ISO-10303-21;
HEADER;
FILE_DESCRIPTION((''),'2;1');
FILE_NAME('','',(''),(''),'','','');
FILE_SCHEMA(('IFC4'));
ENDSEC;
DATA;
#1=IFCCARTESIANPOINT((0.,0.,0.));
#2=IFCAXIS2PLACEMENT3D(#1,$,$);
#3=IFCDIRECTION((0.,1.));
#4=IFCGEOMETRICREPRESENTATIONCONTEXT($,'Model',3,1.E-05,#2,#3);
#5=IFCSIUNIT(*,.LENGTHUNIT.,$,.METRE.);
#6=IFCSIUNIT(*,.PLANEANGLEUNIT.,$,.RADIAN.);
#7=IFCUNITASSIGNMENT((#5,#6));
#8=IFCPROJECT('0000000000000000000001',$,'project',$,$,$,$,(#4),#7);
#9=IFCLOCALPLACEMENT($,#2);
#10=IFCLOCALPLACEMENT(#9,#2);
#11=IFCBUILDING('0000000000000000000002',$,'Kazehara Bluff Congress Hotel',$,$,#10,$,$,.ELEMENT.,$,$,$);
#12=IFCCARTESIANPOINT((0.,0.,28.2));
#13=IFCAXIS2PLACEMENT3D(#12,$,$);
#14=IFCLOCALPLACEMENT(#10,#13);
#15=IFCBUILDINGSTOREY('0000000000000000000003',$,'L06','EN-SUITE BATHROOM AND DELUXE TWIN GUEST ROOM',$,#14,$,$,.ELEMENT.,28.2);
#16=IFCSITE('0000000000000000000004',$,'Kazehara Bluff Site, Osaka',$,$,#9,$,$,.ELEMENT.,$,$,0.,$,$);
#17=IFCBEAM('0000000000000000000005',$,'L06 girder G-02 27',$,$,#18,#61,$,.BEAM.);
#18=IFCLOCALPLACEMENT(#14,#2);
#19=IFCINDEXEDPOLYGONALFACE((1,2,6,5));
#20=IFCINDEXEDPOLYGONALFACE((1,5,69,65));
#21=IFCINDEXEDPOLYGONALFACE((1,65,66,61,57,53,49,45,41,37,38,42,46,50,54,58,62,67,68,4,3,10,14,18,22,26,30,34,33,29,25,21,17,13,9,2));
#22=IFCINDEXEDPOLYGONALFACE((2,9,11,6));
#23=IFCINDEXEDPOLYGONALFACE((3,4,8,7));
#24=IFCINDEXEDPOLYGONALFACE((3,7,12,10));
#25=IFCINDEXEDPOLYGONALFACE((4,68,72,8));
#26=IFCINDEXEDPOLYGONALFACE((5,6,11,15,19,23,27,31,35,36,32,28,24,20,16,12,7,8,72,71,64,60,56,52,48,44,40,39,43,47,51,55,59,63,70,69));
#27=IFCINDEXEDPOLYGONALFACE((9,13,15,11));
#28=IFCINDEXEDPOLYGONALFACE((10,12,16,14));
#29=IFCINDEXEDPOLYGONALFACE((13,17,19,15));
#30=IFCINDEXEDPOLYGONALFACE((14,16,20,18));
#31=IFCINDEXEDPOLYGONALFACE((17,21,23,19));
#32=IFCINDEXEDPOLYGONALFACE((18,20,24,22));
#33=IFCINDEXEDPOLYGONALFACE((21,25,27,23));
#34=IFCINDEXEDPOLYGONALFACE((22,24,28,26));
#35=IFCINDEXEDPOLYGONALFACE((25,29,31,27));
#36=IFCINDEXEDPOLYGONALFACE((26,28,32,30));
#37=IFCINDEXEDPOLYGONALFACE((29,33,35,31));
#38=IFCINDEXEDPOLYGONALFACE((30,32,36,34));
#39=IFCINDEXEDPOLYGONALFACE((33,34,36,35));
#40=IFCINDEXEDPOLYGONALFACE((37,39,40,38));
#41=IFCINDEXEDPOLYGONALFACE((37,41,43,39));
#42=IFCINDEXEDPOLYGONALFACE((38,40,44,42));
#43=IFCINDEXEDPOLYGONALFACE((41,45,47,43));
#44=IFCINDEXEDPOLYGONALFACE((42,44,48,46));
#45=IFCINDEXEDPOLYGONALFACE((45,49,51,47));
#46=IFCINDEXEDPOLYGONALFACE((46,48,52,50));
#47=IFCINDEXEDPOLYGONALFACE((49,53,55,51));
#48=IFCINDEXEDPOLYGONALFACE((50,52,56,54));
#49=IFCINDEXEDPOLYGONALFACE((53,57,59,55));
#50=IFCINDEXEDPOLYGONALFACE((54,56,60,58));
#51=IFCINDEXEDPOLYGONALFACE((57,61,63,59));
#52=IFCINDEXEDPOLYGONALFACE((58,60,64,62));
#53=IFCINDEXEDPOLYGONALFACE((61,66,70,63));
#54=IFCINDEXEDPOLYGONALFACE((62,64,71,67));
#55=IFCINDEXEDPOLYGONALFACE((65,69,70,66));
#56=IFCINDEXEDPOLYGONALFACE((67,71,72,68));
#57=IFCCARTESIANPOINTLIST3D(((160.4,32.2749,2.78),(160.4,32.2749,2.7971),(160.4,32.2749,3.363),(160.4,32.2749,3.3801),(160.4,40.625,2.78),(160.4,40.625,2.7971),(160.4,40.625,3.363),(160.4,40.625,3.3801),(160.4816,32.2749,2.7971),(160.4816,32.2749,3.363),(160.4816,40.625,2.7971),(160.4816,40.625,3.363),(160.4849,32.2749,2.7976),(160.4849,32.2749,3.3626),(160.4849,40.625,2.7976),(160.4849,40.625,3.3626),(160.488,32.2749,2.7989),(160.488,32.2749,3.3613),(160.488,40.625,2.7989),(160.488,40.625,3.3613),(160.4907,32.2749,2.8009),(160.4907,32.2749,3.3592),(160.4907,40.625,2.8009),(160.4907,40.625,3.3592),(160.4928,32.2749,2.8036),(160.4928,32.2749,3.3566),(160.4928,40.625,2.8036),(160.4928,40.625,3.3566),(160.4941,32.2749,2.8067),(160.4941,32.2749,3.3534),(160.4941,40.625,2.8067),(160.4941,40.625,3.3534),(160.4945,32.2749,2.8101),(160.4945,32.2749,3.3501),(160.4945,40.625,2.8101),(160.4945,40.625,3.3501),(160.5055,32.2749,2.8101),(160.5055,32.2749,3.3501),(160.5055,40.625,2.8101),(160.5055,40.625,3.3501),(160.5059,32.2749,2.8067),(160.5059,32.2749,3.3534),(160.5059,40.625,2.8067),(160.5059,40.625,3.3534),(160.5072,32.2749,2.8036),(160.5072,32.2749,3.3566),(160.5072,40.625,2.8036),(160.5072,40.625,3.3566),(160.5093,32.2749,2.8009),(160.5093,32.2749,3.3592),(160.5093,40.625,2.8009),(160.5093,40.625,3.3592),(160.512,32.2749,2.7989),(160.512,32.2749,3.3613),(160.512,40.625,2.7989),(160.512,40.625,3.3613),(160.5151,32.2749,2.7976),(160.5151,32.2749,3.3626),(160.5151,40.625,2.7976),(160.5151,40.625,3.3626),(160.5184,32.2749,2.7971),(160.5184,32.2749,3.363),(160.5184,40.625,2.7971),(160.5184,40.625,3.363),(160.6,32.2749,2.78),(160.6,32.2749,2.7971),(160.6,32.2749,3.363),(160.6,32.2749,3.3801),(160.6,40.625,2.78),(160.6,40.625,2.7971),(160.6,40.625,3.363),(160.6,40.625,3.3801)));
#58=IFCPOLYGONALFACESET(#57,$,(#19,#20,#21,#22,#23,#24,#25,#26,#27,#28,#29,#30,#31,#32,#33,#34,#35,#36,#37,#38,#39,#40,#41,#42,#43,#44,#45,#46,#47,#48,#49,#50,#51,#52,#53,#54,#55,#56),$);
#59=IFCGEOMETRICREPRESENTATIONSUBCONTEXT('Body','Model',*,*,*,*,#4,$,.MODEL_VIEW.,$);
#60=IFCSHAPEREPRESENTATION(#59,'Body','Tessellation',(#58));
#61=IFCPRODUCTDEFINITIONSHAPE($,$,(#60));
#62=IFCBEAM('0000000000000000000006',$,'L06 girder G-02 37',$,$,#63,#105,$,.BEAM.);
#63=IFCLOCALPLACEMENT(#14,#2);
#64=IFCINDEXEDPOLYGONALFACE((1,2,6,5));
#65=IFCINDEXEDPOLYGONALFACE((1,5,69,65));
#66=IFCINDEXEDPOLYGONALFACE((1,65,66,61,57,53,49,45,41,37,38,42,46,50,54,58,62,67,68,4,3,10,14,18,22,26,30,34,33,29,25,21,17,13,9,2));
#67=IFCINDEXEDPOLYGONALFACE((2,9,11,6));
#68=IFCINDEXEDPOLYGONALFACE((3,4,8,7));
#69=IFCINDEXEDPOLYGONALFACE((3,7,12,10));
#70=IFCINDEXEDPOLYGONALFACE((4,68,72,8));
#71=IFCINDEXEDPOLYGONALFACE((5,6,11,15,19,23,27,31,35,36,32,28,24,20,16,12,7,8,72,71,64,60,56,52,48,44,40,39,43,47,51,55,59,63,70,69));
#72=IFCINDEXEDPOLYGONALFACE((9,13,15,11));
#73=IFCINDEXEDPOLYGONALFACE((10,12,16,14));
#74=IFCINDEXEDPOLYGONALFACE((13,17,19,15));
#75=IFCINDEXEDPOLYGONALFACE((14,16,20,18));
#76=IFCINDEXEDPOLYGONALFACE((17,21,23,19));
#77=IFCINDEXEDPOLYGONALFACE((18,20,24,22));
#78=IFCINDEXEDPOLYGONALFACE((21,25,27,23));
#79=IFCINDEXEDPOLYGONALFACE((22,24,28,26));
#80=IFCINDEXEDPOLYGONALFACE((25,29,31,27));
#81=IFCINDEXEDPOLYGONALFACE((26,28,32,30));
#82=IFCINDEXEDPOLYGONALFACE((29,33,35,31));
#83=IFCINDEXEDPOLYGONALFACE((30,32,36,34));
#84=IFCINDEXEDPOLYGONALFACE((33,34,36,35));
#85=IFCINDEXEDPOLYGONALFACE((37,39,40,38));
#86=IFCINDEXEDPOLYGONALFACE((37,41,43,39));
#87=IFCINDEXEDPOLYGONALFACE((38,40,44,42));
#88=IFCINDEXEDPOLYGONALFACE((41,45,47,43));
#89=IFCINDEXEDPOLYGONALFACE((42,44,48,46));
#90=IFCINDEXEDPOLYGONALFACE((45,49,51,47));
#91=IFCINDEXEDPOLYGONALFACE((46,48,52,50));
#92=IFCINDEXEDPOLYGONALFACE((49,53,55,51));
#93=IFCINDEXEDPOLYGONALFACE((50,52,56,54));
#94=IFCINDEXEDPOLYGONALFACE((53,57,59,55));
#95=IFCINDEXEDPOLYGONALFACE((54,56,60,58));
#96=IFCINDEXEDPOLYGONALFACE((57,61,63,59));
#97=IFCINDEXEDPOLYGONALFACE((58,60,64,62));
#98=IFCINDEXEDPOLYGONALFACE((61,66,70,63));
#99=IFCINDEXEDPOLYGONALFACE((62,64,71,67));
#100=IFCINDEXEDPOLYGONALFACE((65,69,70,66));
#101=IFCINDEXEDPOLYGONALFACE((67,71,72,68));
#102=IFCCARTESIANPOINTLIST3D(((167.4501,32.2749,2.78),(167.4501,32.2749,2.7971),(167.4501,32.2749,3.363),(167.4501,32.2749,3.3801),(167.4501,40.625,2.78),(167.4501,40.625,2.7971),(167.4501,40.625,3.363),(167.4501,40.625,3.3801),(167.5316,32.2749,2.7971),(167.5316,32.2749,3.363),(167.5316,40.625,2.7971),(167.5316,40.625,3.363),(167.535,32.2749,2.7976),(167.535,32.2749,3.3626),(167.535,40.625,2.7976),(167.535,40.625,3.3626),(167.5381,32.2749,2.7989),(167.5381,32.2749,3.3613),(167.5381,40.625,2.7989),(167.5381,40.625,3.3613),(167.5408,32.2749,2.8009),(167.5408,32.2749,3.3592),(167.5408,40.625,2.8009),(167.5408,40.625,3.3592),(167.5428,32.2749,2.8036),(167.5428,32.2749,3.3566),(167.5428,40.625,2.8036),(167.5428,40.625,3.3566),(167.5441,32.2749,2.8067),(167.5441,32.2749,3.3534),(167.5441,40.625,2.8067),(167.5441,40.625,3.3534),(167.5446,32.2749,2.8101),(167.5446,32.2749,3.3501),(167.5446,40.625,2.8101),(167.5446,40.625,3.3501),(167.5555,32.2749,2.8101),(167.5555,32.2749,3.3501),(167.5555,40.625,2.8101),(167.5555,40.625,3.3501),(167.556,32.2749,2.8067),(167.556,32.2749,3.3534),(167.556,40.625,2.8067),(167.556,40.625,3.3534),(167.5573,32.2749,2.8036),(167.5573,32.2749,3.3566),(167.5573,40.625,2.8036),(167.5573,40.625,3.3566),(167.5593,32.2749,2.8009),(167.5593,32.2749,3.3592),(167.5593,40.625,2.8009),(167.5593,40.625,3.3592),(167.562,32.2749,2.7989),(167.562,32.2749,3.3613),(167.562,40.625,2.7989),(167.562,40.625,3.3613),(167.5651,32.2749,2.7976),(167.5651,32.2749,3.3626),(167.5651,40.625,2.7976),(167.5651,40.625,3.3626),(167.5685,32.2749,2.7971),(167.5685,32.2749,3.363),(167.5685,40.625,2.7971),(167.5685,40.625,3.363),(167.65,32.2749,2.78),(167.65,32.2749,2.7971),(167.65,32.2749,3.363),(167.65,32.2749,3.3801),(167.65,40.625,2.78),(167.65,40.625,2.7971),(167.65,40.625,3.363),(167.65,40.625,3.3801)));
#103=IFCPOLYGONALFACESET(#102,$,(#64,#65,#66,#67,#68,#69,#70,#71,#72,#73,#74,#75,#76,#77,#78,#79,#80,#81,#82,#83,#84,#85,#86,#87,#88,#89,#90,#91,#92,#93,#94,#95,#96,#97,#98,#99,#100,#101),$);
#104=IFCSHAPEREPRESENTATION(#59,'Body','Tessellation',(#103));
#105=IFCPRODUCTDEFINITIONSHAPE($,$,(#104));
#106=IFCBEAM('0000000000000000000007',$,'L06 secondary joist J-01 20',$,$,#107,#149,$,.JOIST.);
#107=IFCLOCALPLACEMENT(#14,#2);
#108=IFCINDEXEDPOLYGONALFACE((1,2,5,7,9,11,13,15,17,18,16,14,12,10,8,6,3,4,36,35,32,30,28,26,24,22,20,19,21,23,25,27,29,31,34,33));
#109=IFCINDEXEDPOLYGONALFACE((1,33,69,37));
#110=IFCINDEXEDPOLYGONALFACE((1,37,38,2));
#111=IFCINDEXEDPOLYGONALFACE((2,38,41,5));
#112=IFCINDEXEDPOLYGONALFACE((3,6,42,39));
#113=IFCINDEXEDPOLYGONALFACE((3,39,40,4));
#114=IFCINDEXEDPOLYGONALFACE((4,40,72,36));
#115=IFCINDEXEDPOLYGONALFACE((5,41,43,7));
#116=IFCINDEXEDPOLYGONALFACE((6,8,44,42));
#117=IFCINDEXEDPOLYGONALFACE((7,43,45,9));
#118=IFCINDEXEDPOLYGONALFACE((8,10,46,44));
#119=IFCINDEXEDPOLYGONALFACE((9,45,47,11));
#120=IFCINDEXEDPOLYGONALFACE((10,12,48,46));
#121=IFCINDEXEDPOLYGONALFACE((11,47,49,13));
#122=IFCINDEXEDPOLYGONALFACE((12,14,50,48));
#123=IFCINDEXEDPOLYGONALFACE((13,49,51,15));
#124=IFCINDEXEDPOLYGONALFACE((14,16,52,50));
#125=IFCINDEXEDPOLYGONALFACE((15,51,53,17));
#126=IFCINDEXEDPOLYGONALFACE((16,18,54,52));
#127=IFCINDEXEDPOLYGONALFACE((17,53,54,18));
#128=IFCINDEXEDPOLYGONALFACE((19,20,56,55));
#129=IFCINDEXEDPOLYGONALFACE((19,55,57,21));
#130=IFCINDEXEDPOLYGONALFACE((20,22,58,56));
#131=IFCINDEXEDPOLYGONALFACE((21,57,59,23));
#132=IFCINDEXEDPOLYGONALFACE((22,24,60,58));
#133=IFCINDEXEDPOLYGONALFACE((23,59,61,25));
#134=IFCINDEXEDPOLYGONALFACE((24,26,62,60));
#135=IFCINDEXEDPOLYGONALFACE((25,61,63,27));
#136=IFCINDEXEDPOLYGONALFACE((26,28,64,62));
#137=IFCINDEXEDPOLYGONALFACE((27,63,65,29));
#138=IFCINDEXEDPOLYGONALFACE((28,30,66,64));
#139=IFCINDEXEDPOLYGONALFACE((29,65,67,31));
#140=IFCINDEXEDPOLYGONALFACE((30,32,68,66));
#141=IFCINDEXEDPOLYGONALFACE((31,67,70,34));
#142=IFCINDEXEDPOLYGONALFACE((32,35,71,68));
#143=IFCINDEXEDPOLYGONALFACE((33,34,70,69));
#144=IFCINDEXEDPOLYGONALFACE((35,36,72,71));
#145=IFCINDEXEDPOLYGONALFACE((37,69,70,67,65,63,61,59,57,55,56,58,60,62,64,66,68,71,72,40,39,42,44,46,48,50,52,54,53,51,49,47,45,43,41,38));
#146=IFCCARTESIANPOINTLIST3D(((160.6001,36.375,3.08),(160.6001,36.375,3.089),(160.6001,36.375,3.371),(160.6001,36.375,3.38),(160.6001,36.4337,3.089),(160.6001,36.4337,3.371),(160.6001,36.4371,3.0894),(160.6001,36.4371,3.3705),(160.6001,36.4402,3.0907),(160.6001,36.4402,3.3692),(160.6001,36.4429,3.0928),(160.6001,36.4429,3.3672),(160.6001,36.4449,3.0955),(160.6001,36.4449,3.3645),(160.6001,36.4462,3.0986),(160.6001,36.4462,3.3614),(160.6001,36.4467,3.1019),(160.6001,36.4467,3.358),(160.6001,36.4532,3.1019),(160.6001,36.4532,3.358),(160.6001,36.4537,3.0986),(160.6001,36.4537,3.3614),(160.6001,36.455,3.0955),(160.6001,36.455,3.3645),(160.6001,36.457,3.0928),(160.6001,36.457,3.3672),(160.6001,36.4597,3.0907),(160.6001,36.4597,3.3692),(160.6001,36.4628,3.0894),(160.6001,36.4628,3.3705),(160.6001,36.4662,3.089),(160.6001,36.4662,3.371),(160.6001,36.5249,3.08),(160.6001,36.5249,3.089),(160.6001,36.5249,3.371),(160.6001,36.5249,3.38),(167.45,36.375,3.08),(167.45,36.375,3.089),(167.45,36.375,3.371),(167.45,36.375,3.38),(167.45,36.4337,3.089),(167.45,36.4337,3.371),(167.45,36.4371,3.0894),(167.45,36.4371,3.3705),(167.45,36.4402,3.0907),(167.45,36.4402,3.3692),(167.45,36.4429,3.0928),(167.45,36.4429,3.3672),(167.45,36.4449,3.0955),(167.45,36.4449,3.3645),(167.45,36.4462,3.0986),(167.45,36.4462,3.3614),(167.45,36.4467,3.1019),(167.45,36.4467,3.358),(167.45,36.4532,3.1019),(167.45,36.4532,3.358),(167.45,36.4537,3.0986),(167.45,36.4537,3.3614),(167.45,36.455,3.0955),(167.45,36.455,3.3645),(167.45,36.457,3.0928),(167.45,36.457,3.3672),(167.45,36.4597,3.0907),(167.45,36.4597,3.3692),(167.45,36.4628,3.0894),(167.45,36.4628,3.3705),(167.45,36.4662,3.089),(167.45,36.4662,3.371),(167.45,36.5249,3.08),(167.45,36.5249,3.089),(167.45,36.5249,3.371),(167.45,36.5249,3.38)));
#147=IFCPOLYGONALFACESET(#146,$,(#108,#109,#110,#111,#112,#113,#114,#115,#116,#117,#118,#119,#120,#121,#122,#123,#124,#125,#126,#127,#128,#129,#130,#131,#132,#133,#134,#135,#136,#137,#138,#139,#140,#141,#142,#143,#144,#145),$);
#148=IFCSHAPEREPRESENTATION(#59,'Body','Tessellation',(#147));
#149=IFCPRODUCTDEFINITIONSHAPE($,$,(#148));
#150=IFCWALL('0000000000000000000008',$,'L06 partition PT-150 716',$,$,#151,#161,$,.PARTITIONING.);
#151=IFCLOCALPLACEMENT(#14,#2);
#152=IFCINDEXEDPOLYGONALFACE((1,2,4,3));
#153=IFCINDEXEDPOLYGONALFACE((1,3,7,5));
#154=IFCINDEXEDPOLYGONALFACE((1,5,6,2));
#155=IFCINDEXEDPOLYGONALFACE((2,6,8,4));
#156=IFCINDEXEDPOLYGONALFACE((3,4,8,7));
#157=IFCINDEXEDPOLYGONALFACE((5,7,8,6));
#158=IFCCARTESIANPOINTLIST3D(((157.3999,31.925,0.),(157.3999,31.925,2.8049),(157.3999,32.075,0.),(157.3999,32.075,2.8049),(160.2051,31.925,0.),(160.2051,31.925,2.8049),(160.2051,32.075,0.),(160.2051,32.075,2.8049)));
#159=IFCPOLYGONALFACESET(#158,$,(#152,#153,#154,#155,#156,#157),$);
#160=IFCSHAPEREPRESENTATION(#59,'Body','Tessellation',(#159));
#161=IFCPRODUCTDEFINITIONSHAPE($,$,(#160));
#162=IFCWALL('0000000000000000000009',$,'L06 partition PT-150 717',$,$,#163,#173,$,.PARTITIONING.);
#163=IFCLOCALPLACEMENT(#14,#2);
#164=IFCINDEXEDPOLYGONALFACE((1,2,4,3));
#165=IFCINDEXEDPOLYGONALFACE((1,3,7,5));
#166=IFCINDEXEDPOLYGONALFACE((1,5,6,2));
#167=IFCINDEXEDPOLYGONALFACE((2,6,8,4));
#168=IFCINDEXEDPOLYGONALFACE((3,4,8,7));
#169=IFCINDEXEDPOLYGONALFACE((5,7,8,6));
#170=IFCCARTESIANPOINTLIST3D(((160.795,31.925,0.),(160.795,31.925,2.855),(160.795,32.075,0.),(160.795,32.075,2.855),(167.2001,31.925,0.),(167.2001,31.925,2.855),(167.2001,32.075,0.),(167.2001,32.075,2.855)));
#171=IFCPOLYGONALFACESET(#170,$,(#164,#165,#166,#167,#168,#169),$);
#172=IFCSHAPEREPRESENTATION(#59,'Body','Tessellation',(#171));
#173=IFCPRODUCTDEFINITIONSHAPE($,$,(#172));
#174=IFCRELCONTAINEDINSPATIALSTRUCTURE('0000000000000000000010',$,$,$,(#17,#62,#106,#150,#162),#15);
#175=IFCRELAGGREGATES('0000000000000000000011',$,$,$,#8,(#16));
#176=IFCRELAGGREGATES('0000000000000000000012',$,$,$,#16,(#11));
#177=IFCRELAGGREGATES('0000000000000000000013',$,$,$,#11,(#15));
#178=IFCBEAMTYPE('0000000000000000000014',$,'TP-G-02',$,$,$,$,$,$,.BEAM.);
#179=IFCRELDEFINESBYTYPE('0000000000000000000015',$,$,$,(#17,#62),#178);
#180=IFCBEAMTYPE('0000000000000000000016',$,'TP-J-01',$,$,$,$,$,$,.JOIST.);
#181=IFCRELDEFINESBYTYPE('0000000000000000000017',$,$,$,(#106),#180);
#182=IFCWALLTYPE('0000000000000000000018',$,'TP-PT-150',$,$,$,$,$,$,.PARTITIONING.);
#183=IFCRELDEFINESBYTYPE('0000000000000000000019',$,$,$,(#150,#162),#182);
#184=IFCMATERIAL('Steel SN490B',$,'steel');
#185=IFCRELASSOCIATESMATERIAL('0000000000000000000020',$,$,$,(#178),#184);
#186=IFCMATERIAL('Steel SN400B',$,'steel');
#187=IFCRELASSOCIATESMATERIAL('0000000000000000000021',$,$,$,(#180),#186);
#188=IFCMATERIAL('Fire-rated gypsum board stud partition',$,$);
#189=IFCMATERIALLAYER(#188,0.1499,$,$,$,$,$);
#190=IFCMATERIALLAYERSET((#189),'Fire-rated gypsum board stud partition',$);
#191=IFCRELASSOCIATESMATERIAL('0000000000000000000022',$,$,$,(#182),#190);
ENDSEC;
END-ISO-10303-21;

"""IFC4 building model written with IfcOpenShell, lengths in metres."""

from ifc_helpers import new_model, si_unit, direction, frame, frame_2d, origin, origin_2d, place, context, subcontext, project, spatial, rectangle, i_section, extrude, material, layer, layer_set, material_profile, profile_set, type_object, element, save


model = new_model("IFC4")

# Units and contexts
model_context = context("Model", 3, precision=1e-05, world=origin(), true_north=direction((0.0, 1.0)))
body_context = subcontext(model_context, "Body", "Model", "MODEL_VIEW")
ifc_project = project(units=[si_unit("LENGTHUNIT", "METRE"), si_unit("PLANEANGLEUNIT", "RADIAN")], contexts=[model_context])

# Site, building, storey
site_placement = place(None, origin())
site = spatial("IfcSite", under=ifc_project, at=site_placement, Name="Kazehara Bluff Site, Osaka", CompositionType="ELEMENT", RefElevation=0.0)
building_placement = place(site_placement, origin())
building = spatial("IfcBuilding", under=site, at=building_placement, Name="Kazehara Bluff Congress Hotel", CompositionType="ELEMENT")
storey_placement = place(building_placement, frame((0.0, 0.0, 28.2)))
storey = spatial("IfcBuildingStorey", under=building, at=storey_placement, Name="L06", Description="EN-SUITE BATHROOM AND DELUXE TWIN GUEST ROOM", CompositionType="ELEMENT", Elevation=28.2)

# Beams
ifc_material_1 = material(Name="Steel SN490B", Category="steel")
ifc_material_profile_1 = material_profile(ifc_material_1, i_section(OverallWidth=0.2, OverallDepth=0.6001, WebThickness=0.011, FlangeThickness=0.0171, FilletRadius=0.0129, at=origin_2d()))
ifc_profile_set_1 = profile_set([ifc_material_profile_1], Name="Steel SN490B")
beam_type_1 = type_object("IfcBeamType", Name="TP-G-02", PredefinedType="BEAM", material=ifc_profile_set_1)
for number, where, z_axis, x_axis, name in (
    (1, (160.5, 32.2749, 3.0801), (0.0, 1.0, 0.0), (-1.0, 0.0, 0.0), "L06 girder G-02 27"),
    (2, (167.55, 32.2749, 3.0801), (0.0, 1.0, 0.0), (-1.0, 0.0, 0.0), "L06 girder G-02 37"),
):
    element("IfcBeam", number, at=place(storey_placement, frame(where, z_axis=z_axis, x_axis=x_axis)), inside=storey, type_object=beam_type_1, Name=name, PredefinedType="BEAM", context=body_context, shape_type="SweptSolid", body=[
        extrude(i_section(OverallWidth=0.2, OverallDepth=0.6001, WebThickness=0.011, FlangeThickness=0.0171, FilletRadius=0.0129, at=origin_2d()), origin(), (0.0, 0.0, 1.0), 8.3501),
    ])
ifc_material_2 = material(Name="Steel SN400B", Category="steel")
ifc_material_profile_2 = material_profile(ifc_material_2, i_section(OverallWidth=0.1499, OverallDepth=0.3, WebThickness=0.0066, FlangeThickness=0.009, FilletRadius=0.0129, at=origin_2d()))
ifc_profile_set_2 = profile_set([ifc_material_profile_2], Name="Steel SN400B")
beam_type_2 = type_object("IfcBeamType", Name="TP-J-01", PredefinedType="JOIST", material=ifc_profile_set_2)
beam_1_placement = place(storey_placement, frame((160.6001, 36.45, 3.23), z_axis=(1.0, 0.0, 0.0), x_axis=(0.0, 1.0, 0.0)))
element("IfcBeam", 3, at=beam_1_placement, inside=storey, type_object=beam_type_2, Name="L06 secondary joist J-01 20", PredefinedType="JOIST", context=body_context, shape_type="SweptSolid", body=[
    extrude(i_section(OverallWidth=0.1499, OverallDepth=0.3, WebThickness=0.0066, FlangeThickness=0.009, FilletRadius=0.0129, at=origin_2d()), origin(), (0.0, 0.0, 1.0), 6.8499),
])

# Walls
ifc_material_3 = material(Name="Fire-rated gypsum board stud partition")
ifc_layer = layer(ifc_material_3, 0.1499)
ifc_layer_set = layer_set([ifc_layer], Name="Fire-rated gypsum board stud partition")
wall_type = type_object("IfcWallType", Name="TP-PT-150", PredefinedType="PARTITIONING", material=ifc_layer_set)
wall_1_placement = place(storey_placement, frame((157.3999, 32.0, 0.0), z_axis=(0.0, 0.0, 1.0), x_axis=(1.0, 0.0, 0.0)))
element("IfcWall", 4, at=wall_1_placement, inside=storey, type_object=wall_type, Name="L06 partition PT-150 716", PredefinedType="PARTITIONING", context=body_context, shape_type="SweptSolid", body=[
    extrude(rectangle(XDim=2.8052, YDim=0.1499, at=frame_2d((1.4026, 0.0))), origin(), (0.0, 0.0, 1.0), 2.8049),
])
wall_2_placement = place(storey_placement, frame((160.7949, 32.0, 0.0), z_axis=(0.0, 0.0, 1.0), x_axis=(1.0, 0.0, 0.0)))
element("IfcWall", 5, at=wall_2_placement, inside=storey, type_object=wall_type, Name="L06 partition PT-150 717", PredefinedType="PARTITIONING", context=body_context, shape_type="SweptSolid", body=[
    extrude(rectangle(XDim=6.405, YDim=0.1499, at=frame_2d((3.2026, 0.0))), origin(), (0.0, 0.0, 1.0), 2.855),
])

save(model, "model.ifc")
